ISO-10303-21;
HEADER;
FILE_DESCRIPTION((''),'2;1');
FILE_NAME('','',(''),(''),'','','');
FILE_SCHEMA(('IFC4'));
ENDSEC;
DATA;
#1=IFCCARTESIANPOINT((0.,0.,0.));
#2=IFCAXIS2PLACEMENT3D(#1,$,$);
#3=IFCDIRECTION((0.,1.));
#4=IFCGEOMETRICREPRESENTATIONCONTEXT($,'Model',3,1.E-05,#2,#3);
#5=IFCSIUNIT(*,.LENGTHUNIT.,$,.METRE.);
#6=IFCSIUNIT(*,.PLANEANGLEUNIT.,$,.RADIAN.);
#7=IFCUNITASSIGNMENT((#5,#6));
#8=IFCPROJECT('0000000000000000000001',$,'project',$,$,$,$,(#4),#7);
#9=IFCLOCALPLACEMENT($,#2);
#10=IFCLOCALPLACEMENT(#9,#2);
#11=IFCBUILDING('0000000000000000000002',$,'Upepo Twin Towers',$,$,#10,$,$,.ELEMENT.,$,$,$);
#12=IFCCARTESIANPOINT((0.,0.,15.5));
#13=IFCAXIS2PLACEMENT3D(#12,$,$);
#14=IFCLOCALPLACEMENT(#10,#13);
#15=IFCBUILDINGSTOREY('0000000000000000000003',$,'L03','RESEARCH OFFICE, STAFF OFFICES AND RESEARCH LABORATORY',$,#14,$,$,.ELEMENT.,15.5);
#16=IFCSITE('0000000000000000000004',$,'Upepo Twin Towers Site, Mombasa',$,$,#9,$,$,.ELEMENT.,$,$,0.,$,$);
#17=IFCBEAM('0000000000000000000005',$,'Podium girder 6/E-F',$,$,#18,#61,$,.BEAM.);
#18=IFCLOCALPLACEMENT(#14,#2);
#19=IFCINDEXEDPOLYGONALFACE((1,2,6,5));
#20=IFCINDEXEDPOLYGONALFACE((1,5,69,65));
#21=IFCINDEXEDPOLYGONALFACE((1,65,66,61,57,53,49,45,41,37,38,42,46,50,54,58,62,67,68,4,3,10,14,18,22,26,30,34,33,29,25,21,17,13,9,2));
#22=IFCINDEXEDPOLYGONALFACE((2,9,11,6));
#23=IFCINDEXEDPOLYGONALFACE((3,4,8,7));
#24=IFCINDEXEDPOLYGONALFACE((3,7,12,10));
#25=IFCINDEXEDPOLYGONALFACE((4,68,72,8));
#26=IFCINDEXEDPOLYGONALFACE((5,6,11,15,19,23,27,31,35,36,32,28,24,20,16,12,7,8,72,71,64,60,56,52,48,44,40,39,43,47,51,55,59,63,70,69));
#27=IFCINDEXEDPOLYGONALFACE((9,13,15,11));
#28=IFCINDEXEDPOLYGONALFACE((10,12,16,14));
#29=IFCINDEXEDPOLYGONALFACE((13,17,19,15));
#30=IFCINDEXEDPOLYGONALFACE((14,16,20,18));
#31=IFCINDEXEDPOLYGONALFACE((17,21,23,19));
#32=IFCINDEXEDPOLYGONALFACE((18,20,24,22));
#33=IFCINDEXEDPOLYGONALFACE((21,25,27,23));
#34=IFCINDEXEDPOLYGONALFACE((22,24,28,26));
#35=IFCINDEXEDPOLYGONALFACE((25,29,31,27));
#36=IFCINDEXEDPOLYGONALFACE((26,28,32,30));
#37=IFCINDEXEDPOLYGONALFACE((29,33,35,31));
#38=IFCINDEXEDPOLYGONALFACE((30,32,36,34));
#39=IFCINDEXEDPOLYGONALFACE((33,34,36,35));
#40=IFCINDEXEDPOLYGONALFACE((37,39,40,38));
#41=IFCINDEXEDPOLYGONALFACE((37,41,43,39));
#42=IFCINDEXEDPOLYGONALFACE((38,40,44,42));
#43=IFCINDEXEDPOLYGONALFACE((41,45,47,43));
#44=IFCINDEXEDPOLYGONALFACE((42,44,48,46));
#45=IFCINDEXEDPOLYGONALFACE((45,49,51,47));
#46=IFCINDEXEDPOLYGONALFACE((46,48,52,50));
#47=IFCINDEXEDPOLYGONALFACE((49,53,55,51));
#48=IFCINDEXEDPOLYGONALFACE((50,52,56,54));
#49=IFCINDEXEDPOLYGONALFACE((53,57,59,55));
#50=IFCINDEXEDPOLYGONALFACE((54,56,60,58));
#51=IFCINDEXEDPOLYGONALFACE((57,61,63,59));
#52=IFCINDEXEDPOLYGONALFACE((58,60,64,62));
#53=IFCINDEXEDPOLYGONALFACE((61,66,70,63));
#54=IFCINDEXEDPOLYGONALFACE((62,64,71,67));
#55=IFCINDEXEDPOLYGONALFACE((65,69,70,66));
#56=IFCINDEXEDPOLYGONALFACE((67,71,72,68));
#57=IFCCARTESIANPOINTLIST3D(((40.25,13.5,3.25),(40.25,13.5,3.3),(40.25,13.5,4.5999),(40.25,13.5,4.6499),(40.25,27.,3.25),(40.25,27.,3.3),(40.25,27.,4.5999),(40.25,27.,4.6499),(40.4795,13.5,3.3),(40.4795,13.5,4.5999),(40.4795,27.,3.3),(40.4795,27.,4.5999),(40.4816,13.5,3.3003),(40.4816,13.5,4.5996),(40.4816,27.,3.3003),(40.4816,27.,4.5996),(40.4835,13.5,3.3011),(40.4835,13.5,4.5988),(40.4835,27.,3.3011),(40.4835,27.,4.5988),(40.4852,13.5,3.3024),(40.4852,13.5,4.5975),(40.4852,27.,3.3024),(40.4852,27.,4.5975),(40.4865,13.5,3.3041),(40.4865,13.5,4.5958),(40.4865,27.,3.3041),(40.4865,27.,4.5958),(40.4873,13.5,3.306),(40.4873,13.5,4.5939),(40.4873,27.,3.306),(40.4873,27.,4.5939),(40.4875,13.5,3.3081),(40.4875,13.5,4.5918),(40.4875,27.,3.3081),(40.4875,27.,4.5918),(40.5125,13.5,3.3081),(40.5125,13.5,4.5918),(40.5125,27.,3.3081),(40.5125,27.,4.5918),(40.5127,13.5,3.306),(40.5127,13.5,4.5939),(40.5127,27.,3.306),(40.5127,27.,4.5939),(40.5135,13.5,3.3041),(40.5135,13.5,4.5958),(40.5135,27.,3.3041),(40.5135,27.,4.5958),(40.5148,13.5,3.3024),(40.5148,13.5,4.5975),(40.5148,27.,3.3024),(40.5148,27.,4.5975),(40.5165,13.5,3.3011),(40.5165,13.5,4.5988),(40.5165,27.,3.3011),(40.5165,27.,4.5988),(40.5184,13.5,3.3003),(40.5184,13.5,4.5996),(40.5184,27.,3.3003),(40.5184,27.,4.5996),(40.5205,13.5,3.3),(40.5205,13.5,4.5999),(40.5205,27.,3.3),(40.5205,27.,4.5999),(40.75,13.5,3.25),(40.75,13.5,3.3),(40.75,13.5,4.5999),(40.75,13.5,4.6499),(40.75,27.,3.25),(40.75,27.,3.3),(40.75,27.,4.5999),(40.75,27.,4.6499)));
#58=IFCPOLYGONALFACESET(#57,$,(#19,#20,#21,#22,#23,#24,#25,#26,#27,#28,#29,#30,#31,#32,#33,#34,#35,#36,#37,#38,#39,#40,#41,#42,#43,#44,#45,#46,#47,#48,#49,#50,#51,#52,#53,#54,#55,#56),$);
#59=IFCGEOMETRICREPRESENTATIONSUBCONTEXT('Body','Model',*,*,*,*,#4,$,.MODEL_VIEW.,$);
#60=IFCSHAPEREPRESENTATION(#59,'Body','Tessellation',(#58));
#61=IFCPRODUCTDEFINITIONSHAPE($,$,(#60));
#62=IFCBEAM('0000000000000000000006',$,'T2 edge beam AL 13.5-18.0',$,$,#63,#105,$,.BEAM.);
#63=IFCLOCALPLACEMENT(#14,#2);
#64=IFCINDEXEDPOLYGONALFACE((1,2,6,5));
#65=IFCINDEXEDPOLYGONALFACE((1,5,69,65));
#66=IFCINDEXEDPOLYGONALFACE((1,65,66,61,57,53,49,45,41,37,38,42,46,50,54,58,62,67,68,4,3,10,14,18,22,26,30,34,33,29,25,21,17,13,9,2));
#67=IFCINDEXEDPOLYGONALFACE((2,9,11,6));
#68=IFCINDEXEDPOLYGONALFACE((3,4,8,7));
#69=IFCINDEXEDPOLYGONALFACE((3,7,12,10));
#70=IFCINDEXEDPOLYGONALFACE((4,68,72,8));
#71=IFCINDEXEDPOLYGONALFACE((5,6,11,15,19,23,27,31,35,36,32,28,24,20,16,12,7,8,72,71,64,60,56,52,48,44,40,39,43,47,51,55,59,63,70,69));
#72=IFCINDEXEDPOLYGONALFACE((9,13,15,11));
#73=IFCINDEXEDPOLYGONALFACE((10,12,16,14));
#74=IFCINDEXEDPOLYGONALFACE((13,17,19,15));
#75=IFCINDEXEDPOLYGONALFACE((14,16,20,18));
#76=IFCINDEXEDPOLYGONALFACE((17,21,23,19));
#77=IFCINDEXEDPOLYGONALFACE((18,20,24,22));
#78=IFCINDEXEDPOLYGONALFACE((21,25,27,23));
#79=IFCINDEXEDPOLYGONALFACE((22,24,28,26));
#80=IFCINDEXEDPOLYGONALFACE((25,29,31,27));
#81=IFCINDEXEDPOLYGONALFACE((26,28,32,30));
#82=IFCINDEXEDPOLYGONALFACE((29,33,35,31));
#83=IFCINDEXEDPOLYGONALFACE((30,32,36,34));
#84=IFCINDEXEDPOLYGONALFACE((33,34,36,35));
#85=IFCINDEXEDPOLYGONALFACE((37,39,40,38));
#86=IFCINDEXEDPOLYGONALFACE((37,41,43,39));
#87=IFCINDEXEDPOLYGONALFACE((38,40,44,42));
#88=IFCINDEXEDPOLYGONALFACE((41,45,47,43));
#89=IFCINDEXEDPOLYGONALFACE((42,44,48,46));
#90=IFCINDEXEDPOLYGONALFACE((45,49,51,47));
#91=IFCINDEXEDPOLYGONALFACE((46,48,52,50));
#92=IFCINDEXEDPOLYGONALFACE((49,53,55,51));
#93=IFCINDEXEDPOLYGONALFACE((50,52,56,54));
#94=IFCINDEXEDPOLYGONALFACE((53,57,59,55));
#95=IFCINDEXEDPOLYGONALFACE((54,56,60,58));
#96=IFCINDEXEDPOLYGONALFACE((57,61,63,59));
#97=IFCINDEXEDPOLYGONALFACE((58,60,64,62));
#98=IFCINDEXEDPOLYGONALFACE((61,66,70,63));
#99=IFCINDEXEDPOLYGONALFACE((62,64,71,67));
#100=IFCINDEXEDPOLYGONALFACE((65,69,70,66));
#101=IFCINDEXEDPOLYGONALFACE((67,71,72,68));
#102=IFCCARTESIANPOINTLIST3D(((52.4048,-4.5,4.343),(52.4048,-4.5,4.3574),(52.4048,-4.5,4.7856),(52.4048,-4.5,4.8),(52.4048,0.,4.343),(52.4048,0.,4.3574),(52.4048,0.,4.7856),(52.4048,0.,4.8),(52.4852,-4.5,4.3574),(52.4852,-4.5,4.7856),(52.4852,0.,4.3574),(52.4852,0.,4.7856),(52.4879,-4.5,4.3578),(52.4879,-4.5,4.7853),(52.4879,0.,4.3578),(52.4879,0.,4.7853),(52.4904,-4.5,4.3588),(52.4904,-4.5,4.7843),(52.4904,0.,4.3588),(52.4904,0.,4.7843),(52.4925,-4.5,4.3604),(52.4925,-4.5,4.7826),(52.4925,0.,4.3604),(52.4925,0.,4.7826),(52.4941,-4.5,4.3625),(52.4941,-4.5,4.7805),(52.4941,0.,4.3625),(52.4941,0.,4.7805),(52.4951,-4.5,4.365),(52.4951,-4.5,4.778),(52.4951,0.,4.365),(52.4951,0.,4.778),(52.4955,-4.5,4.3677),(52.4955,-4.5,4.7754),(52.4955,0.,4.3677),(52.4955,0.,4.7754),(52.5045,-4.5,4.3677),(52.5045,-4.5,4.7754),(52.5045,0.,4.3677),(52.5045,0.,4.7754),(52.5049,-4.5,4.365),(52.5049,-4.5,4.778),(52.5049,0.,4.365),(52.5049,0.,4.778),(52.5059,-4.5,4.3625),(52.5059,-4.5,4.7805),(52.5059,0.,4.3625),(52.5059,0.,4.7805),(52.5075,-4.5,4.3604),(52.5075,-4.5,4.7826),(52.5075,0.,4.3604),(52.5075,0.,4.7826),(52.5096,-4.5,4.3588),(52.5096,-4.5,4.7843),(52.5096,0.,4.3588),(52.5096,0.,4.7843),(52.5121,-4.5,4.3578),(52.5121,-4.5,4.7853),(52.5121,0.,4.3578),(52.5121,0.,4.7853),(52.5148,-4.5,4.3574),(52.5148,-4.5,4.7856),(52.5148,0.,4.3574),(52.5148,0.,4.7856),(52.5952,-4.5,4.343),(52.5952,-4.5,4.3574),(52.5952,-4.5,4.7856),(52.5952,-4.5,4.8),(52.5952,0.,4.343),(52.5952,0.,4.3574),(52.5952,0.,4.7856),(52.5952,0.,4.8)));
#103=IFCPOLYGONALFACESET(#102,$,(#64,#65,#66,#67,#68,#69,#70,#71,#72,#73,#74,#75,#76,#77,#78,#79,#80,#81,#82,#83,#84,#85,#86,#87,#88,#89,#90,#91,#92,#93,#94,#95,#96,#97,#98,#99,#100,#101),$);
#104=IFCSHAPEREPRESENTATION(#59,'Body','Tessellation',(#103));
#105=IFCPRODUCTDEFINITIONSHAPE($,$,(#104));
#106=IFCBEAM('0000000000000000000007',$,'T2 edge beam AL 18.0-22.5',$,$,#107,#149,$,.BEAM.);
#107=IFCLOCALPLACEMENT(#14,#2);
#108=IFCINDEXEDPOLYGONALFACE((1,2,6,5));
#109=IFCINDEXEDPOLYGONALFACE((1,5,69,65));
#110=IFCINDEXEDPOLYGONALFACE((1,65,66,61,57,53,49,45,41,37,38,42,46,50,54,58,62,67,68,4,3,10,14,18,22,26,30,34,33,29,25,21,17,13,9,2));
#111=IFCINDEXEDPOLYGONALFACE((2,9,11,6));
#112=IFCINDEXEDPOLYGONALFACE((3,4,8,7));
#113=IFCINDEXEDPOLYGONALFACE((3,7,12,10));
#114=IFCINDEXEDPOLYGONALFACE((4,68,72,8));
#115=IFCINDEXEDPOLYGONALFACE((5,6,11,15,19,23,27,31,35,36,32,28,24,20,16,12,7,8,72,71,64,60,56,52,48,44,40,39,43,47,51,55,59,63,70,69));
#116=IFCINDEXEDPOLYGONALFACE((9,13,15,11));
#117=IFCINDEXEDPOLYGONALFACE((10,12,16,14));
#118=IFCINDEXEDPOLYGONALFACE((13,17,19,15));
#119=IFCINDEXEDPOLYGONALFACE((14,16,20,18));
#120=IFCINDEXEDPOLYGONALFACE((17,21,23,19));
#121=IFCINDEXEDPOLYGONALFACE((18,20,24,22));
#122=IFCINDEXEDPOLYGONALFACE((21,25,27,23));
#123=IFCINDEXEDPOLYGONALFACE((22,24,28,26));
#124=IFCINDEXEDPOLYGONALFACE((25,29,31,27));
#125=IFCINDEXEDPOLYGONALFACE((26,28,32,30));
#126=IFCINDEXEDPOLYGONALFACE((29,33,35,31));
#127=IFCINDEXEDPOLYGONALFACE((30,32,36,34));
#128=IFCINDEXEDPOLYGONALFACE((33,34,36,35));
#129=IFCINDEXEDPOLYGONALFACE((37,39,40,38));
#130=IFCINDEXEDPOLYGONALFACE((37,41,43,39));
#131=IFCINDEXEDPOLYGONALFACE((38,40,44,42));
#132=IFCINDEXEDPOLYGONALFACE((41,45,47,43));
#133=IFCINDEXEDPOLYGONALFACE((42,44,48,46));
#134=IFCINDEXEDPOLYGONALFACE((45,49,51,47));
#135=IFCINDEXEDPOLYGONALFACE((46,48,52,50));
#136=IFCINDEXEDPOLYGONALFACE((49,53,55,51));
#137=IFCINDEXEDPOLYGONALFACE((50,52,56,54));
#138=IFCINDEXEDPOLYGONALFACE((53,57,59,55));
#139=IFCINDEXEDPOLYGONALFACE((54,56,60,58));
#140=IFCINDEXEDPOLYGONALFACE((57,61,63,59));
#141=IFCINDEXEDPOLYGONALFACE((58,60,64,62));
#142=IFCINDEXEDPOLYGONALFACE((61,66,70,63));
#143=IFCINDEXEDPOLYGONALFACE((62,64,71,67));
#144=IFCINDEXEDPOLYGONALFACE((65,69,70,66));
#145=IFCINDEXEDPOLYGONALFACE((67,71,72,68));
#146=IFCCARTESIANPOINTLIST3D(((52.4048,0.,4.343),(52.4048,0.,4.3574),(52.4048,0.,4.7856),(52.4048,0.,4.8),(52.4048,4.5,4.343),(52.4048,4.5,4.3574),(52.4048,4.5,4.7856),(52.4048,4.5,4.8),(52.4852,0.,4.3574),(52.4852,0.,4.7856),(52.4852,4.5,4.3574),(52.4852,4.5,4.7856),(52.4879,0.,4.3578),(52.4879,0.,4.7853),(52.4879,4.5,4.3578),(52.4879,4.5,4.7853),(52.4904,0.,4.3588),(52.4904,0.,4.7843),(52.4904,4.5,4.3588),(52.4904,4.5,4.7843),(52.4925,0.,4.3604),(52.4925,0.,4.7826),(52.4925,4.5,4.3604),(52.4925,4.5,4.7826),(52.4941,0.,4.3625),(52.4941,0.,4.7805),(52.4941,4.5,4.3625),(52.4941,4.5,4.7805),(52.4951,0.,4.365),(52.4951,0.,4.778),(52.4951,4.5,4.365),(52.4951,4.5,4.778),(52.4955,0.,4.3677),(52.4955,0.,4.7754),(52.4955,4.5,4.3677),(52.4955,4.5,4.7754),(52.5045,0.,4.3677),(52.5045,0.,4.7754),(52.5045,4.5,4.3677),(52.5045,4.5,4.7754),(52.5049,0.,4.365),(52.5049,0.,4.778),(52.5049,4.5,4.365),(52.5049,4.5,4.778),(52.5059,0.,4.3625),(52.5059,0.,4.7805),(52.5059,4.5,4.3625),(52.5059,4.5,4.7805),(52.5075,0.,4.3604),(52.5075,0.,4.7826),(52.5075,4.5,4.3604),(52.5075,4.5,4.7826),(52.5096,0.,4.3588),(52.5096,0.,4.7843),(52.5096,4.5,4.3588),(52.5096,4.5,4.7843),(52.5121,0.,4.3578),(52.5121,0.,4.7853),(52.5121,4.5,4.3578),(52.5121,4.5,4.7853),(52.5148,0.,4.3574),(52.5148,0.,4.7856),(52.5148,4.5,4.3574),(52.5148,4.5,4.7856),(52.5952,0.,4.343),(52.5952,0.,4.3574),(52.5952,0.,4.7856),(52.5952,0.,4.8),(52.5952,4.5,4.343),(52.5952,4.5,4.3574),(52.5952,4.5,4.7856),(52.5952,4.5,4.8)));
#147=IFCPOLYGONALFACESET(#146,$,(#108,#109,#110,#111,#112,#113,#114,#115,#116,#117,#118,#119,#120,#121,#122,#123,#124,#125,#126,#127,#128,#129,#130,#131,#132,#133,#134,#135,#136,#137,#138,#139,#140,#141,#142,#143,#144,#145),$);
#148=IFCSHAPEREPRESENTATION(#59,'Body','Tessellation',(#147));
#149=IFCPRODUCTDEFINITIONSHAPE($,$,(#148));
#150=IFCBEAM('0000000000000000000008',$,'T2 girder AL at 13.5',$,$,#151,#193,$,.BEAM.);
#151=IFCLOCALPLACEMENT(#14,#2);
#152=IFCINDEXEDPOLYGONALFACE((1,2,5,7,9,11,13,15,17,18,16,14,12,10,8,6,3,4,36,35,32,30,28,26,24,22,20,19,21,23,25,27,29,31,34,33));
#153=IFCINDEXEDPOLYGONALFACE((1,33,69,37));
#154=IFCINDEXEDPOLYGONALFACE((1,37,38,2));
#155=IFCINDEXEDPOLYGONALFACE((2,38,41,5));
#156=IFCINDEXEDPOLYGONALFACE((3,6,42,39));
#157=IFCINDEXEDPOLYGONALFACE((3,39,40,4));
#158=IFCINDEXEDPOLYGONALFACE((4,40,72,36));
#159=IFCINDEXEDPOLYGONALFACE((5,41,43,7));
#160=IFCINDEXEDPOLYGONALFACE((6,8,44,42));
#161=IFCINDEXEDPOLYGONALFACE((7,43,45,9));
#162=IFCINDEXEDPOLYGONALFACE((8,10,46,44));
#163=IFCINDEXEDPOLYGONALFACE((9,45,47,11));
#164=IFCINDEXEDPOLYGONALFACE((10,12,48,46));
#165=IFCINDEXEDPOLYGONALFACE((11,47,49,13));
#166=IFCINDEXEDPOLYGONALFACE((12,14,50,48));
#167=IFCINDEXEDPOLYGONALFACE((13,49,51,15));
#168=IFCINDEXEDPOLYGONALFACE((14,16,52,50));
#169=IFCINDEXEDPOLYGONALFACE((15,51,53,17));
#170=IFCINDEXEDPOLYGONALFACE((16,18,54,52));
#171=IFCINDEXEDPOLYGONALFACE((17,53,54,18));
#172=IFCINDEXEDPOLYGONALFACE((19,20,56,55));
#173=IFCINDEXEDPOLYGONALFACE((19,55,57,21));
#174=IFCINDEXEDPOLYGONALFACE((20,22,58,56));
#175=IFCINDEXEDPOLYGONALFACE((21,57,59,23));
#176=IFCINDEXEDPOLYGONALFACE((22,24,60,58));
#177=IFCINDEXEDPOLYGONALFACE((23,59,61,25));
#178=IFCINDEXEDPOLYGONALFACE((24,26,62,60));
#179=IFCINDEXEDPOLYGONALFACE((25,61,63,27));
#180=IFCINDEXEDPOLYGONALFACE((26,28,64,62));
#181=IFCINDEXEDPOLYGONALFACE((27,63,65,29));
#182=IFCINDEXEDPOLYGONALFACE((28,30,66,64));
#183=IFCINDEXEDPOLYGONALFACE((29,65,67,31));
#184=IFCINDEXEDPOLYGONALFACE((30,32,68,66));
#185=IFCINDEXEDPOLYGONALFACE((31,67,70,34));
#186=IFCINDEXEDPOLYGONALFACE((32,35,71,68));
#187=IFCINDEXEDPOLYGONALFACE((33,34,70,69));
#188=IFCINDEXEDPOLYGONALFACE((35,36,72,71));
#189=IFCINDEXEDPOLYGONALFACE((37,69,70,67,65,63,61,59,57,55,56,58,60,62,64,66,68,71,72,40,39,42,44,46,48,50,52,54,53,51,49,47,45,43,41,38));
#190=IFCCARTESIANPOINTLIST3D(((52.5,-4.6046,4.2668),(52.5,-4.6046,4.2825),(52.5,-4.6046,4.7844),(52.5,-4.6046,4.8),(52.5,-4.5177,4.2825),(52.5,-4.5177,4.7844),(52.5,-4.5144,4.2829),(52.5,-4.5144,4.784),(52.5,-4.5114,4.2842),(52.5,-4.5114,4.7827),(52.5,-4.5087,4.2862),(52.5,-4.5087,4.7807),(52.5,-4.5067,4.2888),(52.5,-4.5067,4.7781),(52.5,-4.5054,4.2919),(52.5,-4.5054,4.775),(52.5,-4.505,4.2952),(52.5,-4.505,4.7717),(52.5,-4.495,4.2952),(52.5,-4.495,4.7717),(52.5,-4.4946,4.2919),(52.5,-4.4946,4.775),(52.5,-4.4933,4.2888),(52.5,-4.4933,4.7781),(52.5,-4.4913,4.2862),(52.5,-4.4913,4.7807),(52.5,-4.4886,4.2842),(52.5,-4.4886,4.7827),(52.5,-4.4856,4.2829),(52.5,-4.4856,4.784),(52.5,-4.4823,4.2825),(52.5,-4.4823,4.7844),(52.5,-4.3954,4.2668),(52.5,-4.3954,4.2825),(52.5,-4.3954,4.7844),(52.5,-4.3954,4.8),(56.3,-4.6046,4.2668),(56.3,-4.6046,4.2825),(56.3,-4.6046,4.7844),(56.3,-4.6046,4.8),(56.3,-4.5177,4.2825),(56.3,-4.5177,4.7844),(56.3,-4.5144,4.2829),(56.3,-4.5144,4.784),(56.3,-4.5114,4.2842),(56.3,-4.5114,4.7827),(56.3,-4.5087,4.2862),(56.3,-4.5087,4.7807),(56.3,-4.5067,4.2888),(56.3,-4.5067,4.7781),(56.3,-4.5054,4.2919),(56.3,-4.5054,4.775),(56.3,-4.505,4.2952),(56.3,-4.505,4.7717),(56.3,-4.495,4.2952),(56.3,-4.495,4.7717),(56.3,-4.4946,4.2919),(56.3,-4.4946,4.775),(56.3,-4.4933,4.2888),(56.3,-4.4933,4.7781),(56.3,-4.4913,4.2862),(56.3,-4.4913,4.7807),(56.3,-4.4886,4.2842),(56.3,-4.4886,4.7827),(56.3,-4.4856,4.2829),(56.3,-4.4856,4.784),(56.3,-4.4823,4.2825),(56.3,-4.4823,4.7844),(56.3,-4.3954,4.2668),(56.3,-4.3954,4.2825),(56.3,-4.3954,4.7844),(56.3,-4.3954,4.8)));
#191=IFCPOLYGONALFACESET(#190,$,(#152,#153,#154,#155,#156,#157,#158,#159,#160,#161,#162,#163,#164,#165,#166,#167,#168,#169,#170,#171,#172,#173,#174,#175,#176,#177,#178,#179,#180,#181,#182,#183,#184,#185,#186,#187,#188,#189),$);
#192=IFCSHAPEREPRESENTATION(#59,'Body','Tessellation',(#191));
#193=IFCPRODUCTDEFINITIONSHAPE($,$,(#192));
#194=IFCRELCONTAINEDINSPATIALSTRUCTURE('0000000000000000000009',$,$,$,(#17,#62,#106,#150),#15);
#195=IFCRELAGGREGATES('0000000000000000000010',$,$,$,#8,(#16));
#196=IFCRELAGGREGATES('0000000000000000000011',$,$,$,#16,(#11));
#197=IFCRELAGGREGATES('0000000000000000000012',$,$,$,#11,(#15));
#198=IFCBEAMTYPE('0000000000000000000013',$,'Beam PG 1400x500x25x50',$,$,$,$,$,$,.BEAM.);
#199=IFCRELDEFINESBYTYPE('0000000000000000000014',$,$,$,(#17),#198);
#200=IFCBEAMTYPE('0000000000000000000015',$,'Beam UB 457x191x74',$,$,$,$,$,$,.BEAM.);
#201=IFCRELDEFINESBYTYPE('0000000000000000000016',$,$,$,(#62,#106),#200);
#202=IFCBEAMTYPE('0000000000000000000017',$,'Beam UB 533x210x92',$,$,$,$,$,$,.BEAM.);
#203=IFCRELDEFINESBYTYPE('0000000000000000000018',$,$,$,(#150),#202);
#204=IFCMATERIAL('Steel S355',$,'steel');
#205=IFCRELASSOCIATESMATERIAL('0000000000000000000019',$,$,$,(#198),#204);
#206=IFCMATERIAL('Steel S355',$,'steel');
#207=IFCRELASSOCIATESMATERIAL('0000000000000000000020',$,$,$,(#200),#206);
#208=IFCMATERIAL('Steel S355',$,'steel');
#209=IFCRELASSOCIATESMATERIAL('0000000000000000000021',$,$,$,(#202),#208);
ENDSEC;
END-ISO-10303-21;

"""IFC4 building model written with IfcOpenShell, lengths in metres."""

from ifc_helpers import new_model, si_unit, direction, frame, origin, origin_2d, place, context, subcontext, project, spatial, i_section, extrude, material, material_profile, profile_set, type_object, element, save


model = new_model("IFC4")

# Units and contexts
model_context = context("Model", 3, precision=1e-05, world=origin(), true_north=direction((0.0, 1.0)))
body_context = subcontext(model_context, "Body", "Model", "MODEL_VIEW")
ifc_project = project(units=[si_unit("LENGTHUNIT", "METRE"), si_unit("PLANEANGLEUNIT", "RADIAN")], contexts=[model_context])

# Site, building, storey
site_placement = place(None, origin())
site = spatial("IfcSite", under=ifc_project, at=site_placement, Name="Upepo Twin Towers Site, Mombasa", CompositionType="ELEMENT", RefElevation=0.0)
building_placement = place(site_placement, origin())
building = spatial("IfcBuilding", under=site, at=building_placement, Name="Upepo Twin Towers", CompositionType="ELEMENT")
storey_placement = place(building_placement, frame((0.0, 0.0, 15.5)))
storey = spatial("IfcBuildingStorey", under=building, at=storey_placement, Name="L03", Description="RESEARCH OFFICE, STAFF OFFICES AND RESEARCH LABORATORY", CompositionType="ELEMENT", Elevation=15.5)

# Beams
ifc_material_1 = material(Name="Steel S355", Category="steel")
ifc_material_profile_1 = material_profile(ifc_material_1, i_section(OverallWidth=0.5, OverallDepth=1.3999, WebThickness=0.0249, FlangeThickness=0.05, FilletRadius=0.0081, at=origin_2d()), Name="PG 1400x500x25x50")
ifc_profile_set_1 = profile_set([ifc_material_profile_1], Name="Steel S355")
beam_type_1 = type_object("IfcBeamType", Name="Beam PG 1400x500x25x50", PredefinedType="BEAM", material=ifc_profile_set_1)
for number, where, z_axis, x_axis, name in (
    (1, (40.5, 13.5, 3.95), (0.0, 1.0, 0.0), (-1.0, 0.0, 0.0), "Podium girder 6/E-F"),
):
    element("IfcBeam", number, at=place(storey_placement, frame(where, z_axis=z_axis, x_axis=x_axis)), inside=storey, type_object=beam_type_1, Name=name, PredefinedType="BEAM", context=body_context, shape_type="SweptSolid", body=[
        extrude(i_section(OverallWidth=0.5, OverallDepth=1.3999, WebThickness=0.0249, FlangeThickness=0.05, FilletRadius=0.0081, at=origin_2d()), origin(), (0.0, 0.0, 1.0), 13.5),
    ])
ifc_material_2 = material(Name="Steel S355", Category="steel")
ifc_material_profile_2 = material_profile(ifc_material_2, i_section(OverallWidth=0.1904, OverallDepth=0.457, WebThickness=0.009, FlangeThickness=0.0144, FilletRadius=0.0103, at=origin_2d()), Name="UB 457x191x74")
ifc_profile_set_2 = profile_set([ifc_material_profile_2], Name="Steel S355")
beam_type_2 = type_object("IfcBeamType", Name="Beam UB 457x191x74", PredefinedType="BEAM", material=ifc_profile_set_2)
for number, where, z_axis, x_axis, name in (
    (2, (52.5, -4.5, 4.5715), (0.0, 1.0, 0.0), (-1.0, 0.0, 0.0), "T2 edge beam AL 13.5-18.0"),
    (3, (52.5, 0.0, 4.5715), (0.0, 1.0, 0.0), (-1.0, 0.0, 0.0), "T2 edge beam AL 18.0-22.5"),
):
    element("IfcBeam", number, at=place(storey_placement, frame(where, z_axis=z_axis, x_axis=x_axis)), inside=storey, type_object=beam_type_2, Name=name, PredefinedType="BEAM", context=body_context, shape_type="SweptSolid", body=[
        extrude(i_section(OverallWidth=0.1904, OverallDepth=0.457, WebThickness=0.009, FlangeThickness=0.0144, FilletRadius=0.0103, at=origin_2d()), origin(), (0.0, 0.0, 1.0), 4.5),
    ])
ifc_material_3 = material(Name="Steel S355", Category="steel")
ifc_material_profile_3 = material_profile(ifc_material_3, i_section(OverallWidth=0.2092, OverallDepth=0.5332, WebThickness=0.01, FlangeThickness=0.0156, FilletRadius=0.0127, at=origin_2d()), Name="UB 533x210x92")
ifc_profile_set_3 = profile_set([ifc_material_profile_3], Name="Steel S355")
beam_type_3 = type_object("IfcBeamType", Name="Beam UB 533x210x92", PredefinedType="BEAM", material=ifc_profile_set_3)
for number, where, z_axis, x_axis, name in (
    (4, (52.5, -4.5, 4.5334), (1.0, 0.0, 0.0), (0.0, 1.0, 0.0), "T2 girder AL at 13.5"),
):
    element("IfcBeam", number, at=place(storey_placement, frame(where, z_axis=z_axis, x_axis=x_axis)), inside=storey, type_object=beam_type_3, Name=name, PredefinedType="BEAM", context=body_context, shape_type="SweptSolid", body=[
        extrude(i_section(OverallWidth=0.2092, OverallDepth=0.5332, WebThickness=0.01, FlangeThickness=0.0156, FilletRadius=0.0127, at=origin_2d()), origin(), (0.0, 0.0, 1.0), 3.8),
    ])

save(model, "model.ifc")
